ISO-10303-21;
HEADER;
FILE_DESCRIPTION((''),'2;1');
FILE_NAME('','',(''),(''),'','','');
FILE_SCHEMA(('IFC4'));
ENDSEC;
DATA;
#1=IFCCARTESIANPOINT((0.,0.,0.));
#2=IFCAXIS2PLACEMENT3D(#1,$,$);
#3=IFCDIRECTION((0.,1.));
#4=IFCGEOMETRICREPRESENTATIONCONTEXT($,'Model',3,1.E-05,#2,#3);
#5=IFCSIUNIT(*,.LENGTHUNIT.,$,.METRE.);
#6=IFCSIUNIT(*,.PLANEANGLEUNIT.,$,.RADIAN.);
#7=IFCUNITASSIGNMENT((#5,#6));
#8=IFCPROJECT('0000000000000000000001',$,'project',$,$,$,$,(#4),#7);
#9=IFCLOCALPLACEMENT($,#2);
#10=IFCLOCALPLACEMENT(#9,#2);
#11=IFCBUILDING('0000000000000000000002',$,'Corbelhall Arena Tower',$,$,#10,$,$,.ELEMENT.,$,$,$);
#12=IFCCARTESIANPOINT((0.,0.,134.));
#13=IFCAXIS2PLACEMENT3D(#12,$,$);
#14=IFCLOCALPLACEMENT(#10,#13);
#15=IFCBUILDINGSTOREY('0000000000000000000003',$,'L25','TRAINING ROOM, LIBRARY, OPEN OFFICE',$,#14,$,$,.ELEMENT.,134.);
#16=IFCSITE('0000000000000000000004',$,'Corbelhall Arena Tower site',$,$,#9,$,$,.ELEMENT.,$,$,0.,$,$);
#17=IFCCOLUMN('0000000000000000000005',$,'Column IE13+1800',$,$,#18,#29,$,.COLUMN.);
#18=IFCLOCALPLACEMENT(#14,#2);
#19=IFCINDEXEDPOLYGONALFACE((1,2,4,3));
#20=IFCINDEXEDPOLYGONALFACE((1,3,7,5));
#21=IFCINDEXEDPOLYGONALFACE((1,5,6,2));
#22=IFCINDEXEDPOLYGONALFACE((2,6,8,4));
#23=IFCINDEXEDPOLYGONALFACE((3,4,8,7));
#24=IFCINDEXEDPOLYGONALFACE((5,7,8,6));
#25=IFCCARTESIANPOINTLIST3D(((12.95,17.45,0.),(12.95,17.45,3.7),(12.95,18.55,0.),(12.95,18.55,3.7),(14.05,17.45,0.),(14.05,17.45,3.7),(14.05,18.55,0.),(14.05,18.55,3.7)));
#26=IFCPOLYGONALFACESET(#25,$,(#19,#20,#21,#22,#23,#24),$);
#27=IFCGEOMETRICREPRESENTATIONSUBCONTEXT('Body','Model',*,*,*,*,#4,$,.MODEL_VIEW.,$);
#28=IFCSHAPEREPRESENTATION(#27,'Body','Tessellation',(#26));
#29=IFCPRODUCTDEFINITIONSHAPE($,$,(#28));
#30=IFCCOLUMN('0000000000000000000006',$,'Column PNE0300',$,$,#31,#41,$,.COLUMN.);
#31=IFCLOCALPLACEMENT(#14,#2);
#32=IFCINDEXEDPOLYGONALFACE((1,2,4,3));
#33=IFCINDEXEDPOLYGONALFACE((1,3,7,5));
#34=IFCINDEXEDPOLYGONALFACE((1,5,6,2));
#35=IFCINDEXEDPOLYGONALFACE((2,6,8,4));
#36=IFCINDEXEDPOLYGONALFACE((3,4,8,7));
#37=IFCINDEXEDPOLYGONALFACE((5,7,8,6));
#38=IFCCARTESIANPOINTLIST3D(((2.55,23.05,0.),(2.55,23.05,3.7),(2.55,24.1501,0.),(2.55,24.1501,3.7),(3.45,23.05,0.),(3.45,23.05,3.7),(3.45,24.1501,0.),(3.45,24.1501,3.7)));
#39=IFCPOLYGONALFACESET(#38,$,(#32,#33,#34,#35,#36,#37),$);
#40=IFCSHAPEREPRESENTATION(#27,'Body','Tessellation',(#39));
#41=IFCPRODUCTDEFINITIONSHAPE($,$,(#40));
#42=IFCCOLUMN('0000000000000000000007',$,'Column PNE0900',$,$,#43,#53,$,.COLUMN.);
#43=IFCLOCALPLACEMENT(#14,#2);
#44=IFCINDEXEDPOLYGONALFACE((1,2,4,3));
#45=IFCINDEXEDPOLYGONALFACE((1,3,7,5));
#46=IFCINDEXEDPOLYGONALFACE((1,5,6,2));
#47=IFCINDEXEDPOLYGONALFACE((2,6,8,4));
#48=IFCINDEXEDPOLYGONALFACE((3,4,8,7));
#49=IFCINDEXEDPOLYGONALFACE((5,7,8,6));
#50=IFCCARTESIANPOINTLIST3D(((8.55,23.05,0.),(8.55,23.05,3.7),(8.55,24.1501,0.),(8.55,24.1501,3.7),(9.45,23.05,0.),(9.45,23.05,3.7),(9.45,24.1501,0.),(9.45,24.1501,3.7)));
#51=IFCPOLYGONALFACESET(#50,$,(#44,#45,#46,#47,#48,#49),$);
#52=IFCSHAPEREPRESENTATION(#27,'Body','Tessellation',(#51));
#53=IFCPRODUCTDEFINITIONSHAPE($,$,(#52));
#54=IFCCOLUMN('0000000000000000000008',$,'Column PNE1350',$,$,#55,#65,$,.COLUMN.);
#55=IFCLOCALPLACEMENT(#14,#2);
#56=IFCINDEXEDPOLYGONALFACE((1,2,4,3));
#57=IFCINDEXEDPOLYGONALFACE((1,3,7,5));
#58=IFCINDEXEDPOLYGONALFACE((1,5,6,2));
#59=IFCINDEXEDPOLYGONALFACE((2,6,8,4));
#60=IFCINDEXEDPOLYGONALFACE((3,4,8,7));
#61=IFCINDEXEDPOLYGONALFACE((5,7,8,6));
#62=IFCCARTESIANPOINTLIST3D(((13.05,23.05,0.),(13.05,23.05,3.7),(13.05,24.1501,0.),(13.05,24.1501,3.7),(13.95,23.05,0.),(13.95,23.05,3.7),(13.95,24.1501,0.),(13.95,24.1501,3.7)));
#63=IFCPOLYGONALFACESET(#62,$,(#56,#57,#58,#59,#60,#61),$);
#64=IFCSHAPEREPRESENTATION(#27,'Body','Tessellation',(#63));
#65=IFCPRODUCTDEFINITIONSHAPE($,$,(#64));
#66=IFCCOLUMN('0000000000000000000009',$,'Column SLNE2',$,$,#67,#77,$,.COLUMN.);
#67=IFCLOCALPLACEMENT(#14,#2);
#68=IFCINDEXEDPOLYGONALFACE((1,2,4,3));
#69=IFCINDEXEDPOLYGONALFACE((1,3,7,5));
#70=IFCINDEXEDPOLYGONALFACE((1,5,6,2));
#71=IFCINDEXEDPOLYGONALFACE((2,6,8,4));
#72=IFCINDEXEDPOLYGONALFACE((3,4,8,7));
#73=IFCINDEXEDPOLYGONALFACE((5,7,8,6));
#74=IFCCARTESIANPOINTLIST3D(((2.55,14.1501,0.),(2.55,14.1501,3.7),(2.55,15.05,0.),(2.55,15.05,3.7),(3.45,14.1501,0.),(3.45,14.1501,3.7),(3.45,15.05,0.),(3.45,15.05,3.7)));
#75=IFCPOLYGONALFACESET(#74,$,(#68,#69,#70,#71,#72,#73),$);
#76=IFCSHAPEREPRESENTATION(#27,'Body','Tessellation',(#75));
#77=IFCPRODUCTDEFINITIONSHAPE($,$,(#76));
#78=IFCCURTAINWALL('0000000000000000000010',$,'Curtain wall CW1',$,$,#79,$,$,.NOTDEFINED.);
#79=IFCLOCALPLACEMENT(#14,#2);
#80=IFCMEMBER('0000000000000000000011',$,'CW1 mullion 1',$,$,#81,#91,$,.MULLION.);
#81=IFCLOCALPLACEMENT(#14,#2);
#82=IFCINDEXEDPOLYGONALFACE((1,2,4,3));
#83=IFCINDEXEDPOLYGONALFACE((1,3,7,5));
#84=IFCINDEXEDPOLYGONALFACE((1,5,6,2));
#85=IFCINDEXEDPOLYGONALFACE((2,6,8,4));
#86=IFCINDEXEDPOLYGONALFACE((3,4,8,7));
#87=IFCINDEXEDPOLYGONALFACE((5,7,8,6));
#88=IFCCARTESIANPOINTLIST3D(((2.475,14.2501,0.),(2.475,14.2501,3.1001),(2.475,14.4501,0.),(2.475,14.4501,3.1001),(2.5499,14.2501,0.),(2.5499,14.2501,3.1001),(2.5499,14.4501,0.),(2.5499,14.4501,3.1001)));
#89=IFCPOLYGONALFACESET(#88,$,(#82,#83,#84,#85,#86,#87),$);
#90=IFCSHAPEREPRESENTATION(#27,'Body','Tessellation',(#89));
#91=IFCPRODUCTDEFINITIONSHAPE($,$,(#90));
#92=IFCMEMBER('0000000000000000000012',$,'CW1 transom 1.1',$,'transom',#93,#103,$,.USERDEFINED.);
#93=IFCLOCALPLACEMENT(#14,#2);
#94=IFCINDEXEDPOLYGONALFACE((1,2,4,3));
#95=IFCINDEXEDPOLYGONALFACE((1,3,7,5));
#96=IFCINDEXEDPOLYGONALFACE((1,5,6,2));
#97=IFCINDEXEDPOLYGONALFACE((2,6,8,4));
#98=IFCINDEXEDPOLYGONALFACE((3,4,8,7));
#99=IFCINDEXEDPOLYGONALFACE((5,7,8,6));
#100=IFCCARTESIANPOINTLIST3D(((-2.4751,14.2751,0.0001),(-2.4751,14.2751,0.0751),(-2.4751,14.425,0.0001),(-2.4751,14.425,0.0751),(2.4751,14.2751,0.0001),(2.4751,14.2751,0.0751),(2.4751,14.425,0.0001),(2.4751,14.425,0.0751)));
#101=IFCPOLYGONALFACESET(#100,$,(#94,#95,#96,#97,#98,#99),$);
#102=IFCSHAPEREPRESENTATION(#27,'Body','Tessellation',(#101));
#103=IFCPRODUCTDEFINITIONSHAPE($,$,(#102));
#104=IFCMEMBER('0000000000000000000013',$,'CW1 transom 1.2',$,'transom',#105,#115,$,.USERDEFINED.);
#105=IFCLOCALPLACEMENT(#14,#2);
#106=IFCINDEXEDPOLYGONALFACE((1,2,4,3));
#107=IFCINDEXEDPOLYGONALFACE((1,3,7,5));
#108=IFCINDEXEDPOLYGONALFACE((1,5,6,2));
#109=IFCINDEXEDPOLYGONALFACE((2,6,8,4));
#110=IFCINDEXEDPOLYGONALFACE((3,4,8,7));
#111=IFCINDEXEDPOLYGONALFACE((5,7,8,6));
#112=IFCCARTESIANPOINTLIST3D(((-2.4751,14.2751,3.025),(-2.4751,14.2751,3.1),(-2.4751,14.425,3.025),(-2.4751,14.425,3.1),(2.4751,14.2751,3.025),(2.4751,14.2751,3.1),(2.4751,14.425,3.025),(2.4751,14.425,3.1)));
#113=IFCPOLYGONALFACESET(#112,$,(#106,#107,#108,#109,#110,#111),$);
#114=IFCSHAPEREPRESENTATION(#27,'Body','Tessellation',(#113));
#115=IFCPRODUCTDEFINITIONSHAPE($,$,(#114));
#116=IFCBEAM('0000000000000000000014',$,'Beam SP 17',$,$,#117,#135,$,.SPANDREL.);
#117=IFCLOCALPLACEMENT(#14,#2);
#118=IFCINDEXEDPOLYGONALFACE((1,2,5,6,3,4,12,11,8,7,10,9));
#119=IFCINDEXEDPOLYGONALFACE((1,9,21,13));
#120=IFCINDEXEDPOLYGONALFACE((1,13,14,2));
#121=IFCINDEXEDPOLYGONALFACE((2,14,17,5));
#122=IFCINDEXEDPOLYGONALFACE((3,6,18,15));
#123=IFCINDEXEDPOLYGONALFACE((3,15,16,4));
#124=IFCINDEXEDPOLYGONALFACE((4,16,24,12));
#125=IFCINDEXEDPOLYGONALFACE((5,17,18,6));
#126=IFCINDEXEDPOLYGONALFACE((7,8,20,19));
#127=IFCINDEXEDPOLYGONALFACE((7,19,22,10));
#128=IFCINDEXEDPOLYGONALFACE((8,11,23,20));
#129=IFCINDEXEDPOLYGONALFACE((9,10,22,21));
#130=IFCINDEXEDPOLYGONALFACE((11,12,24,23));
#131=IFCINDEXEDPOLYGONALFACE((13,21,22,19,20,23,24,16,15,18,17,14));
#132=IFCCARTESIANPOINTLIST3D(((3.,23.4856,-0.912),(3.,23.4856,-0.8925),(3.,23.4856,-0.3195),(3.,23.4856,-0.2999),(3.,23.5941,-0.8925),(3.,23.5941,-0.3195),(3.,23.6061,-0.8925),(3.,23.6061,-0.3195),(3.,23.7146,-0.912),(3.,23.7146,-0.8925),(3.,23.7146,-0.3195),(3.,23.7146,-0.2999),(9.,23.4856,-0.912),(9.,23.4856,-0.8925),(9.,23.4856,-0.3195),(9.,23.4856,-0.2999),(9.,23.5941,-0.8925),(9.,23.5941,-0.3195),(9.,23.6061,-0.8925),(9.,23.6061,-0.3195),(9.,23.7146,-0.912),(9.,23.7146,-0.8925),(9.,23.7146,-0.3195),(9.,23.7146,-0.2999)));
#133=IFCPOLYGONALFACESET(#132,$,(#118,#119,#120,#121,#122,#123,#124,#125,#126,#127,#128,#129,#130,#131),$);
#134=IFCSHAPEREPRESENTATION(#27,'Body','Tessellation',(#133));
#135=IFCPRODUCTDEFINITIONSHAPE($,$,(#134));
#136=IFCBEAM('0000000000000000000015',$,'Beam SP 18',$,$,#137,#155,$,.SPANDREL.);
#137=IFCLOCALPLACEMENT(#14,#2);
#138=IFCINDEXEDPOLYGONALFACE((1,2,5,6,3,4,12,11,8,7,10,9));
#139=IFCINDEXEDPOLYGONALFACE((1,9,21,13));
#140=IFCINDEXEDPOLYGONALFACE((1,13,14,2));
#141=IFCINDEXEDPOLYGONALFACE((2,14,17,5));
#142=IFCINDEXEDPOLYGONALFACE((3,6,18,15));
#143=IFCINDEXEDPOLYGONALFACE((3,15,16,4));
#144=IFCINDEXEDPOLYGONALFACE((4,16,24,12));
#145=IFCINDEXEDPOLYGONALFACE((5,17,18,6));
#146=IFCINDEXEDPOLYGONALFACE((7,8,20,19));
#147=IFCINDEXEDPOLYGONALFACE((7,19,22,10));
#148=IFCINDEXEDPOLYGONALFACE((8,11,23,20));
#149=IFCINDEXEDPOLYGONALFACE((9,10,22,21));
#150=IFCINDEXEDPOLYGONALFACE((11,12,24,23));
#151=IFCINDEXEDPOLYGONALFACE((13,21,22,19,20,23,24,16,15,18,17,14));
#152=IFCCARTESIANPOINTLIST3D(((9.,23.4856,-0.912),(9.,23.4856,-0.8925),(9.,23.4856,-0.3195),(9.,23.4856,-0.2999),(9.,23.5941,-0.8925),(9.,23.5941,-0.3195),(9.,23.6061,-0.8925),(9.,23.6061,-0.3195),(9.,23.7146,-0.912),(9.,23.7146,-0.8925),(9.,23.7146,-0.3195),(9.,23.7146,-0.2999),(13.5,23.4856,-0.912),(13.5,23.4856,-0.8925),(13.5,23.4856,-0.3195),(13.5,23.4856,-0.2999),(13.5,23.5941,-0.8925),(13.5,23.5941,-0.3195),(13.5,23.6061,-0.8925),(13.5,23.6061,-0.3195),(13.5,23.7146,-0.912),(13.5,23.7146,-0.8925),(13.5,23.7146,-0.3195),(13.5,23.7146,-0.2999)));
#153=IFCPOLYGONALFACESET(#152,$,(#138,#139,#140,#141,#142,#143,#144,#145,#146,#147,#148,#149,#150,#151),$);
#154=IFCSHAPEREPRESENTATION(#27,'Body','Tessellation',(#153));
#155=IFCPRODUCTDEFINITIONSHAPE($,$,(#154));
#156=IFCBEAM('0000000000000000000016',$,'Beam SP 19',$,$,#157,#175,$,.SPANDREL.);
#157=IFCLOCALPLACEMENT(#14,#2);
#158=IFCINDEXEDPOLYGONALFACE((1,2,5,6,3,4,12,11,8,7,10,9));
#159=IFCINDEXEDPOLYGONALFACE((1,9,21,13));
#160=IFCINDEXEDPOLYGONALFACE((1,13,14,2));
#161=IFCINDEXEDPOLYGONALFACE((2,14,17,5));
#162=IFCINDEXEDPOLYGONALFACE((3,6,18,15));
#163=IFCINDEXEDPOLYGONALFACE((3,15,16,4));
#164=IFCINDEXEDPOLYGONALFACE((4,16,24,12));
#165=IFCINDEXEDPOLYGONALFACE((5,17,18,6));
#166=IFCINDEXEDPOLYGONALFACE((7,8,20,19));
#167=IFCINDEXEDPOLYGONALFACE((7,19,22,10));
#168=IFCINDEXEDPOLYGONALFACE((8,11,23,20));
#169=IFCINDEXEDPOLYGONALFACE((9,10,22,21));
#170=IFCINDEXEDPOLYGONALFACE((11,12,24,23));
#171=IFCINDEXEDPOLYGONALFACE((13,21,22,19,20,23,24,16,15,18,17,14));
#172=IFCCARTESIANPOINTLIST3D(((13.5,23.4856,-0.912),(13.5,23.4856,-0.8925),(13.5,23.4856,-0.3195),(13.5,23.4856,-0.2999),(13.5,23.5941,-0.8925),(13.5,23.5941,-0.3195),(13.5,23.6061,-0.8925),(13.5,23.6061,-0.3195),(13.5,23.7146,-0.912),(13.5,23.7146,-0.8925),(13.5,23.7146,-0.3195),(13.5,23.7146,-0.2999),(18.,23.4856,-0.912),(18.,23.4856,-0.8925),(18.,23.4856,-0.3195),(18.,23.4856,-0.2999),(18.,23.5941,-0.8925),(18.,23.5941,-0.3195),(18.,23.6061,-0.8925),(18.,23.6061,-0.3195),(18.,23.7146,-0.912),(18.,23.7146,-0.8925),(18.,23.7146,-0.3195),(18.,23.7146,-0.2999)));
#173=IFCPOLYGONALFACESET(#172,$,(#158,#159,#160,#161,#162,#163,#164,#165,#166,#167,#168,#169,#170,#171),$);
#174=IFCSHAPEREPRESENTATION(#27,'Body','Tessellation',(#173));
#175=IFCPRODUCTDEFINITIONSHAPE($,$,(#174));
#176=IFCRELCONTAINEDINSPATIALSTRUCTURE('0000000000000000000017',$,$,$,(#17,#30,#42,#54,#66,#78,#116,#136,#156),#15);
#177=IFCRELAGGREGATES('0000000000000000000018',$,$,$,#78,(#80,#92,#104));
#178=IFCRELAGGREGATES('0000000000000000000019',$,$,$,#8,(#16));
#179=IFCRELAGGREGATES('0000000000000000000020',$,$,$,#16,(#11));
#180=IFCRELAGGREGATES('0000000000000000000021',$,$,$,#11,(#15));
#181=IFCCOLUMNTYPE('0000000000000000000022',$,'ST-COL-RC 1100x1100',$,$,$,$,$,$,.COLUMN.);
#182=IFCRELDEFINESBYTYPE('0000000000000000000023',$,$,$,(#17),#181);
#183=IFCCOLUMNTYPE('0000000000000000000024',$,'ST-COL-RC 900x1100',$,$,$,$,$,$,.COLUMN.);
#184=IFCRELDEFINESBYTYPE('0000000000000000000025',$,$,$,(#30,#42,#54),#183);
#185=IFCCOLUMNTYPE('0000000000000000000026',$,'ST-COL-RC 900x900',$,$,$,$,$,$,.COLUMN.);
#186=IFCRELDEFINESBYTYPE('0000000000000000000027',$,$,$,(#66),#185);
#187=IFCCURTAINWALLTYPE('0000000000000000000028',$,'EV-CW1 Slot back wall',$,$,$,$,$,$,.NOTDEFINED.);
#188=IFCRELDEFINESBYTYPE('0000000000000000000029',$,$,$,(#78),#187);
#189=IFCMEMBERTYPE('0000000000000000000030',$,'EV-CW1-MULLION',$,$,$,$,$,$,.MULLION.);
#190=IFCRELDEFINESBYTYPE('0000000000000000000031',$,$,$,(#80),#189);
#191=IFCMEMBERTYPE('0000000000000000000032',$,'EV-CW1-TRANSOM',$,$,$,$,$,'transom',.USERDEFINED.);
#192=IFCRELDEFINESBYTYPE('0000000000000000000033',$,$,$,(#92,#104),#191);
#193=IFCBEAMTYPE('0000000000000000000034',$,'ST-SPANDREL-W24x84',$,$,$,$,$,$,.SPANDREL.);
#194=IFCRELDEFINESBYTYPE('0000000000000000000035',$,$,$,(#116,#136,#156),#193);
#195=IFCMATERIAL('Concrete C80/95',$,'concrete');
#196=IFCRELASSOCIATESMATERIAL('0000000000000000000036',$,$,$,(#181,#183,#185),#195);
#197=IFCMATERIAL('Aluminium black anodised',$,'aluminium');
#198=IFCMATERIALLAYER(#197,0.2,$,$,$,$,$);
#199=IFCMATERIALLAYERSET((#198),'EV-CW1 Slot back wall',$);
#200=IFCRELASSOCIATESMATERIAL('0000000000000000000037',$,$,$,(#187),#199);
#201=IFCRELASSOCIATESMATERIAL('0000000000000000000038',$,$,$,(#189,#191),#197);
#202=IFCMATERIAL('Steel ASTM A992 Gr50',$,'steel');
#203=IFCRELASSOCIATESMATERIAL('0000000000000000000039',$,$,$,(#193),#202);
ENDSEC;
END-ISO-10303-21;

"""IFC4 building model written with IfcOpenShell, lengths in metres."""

from ifc_helpers import new_model, si_unit, direction, frame, origin, origin_2d, place, context, subcontext, project, spatial, rectangle, i_section, extrude, material, layer, layer_set, material_profile, profile_set, type_object, element, aggregate, save


model = new_model("IFC4")

# Units and contexts
model_context = context("Model", 3, precision=1e-05, world=origin(), true_north=direction((0.0, 1.0)))
body_context = subcontext(model_context, "Body", "Model", "MODEL_VIEW")
ifc_project = project(units=[si_unit("LENGTHUNIT", "METRE"), si_unit("PLANEANGLEUNIT", "RADIAN")], contexts=[model_context])

# Site, building, storey
site_placement = place(None, origin())
site = spatial("IfcSite", under=ifc_project, at=site_placement, Name="Corbelhall Arena Tower site", CompositionType="ELEMENT", RefElevation=0.0)
building_placement = place(site_placement, origin())
building = spatial("IfcBuilding", under=site, at=building_placement, Name="Corbelhall Arena Tower", CompositionType="ELEMENT")
storey_placement = place(building_placement, frame((0.0, 0.0, 134.0)))
storey = spatial("IfcBuildingStorey", under=building, at=storey_placement, Name="L25", Description="TRAINING ROOM, LIBRARY, OPEN OFFICE", CompositionType="ELEMENT", Elevation=134.0)

# Columns
ifc_material_1 = material(Name="Concrete C80/95", Category="concrete")
ifc_material_profile_1 = material_profile(ifc_material_1, rectangle(XDim=1.1001, YDim=1.1001, at=origin_2d()))
ifc_profile_set_1 = profile_set([ifc_material_profile_1], Name="Concrete C80/95")
column_type_1 = type_object("IfcColumnType", Name="ST-COL-RC 1100x1100", PredefinedType="COLUMN", material=ifc_profile_set_1)
column_1_placement = place(storey_placement, frame((13.5, 18.0, 0.0), z_axis=(0.0, 0.0, 1.0), x_axis=(1.0, 0.0, 0.0)))
element("IfcColumn", 1, at=column_1_placement, inside=storey, type_object=column_type_1, Name="Column IE13+1800", PredefinedType="COLUMN", context=body_context, shape_type="SweptSolid", body=[
    extrude(rectangle(XDim=1.1001, YDim=1.1001, at=origin_2d()), origin(), (0.0, 0.0, 1.0), 3.7),
])
ifc_material_profile_2 = material_profile(ifc_material_1, rectangle(XDim=0.8999, YDim=1.1001, at=origin_2d()))
ifc_profile_set_2 = profile_set([ifc_material_profile_2], Name="Concrete C80/95")
column_type_2 = type_object("IfcColumnType", Name="ST-COL-RC 900x1100", PredefinedType="COLUMN", material=ifc_profile_set_2)
for number, where, z_axis, x_axis, name in (
    (2, (3.0, 23.6001, 0.0), (0.0, 0.0, 1.0), (1.0, 0.0, 0.0), "Column PNE0300"),
    (3, (9.0, 23.6001, 0.0), (0.0, 0.0, 1.0), (1.0, 0.0, 0.0), "Column PNE0900"),
    (4, (13.5, 23.6001, 0.0), (0.0, 0.0, 1.0), (1.0, 0.0, 0.0), "Column PNE1350"),
):
    element("IfcColumn", number, at=place(storey_placement, frame(where, z_axis=z_axis, x_axis=x_axis)), inside=storey, type_object=column_type_2, Name=name, PredefinedType="COLUMN", context=body_context, shape_type="SweptSolid", body=[
        extrude(rectangle(XDim=0.8999, YDim=1.1001, at=origin_2d()), origin(), (0.0, 0.0, 1.0), 3.7),
    ])
ifc_material_profile_3 = material_profile(ifc_material_1, rectangle(XDim=0.8999, YDim=0.8999, at=origin_2d()))
ifc_profile_set_3 = profile_set([ifc_material_profile_3], Name="Concrete C80/95")
column_type_3 = type_object("IfcColumnType", Name="ST-COL-RC 900x900", PredefinedType="COLUMN", material=ifc_profile_set_3)
column_2_placement = place(storey_placement, frame((3.0, 14.6001, 0.0), z_axis=(0.0, 0.0, 1.0), x_axis=(1.0, 0.0, 0.0)))
element("IfcColumn", 5, at=column_2_placement, inside=storey, type_object=column_type_3, Name="Column SLNE2", PredefinedType="COLUMN", context=body_context, shape_type="SweptSolid", body=[
    extrude(rectangle(XDim=0.8999, YDim=0.8999, at=origin_2d()), origin(), (0.0, 0.0, 1.0), 3.7),
])

# Curtain wall, members
ifc_material_2 = material(Name="Aluminium black anodised", Category="aluminium")
ifc_layer_1 = layer(ifc_material_2, 0.2)
ifc_layer_set_1 = layer_set([ifc_layer_1], Name="EV-CW1 Slot back wall")
curtain_wall_type = type_object("IfcCurtainWallType", Name="EV-CW1 Slot back wall", PredefinedType="NOTDEFINED", material=ifc_layer_set_1)
curtain_wall_placement = place(storey_placement, origin())
curtain_wall = element("IfcCurtainWall", 6, at=curtain_wall_placement, inside=storey, type_object=curtain_wall_type, Name="Curtain wall CW1", PredefinedType="NOTDEFINED")
ifc_material_profile_4 = material_profile(ifc_material_2, rectangle(XDim=0.2, YDim=0.075, at=origin_2d()))
ifc_profile_set_4 = profile_set([ifc_material_profile_4], Name="Aluminium black anodised")
member_type_1 = type_object("IfcMemberType", Name="EV-CW1-MULLION", PredefinedType="MULLION", material=ifc_profile_set_4)
member_1_placement = place(storey_placement, frame((2.5125, 14.3501, 0.0), z_axis=(0.0, 0.0, 1.0), x_axis=(0.0, -1.0, 0.0)))
member_1 = element("IfcMember", 7, at=member_1_placement, type_object=member_type_1, Name="CW1 mullion 1", PredefinedType="MULLION", context=body_context, shape_type="SweptSolid", body=[
    extrude(rectangle(XDim=0.2, YDim=0.075, at=origin_2d()), origin(), (0.0, 0.0, 1.0), 3.1001),
])
ifc_material_profile_5 = material_profile(ifc_material_2, rectangle(XDim=0.1499, YDim=0.075, at=origin_2d()))
ifc_profile_set_5 = profile_set([ifc_material_profile_5], Name="Aluminium black anodised")
member_type_2 = type_object("IfcMemberType", Name="EV-CW1-TRANSOM", ElementType="transom", PredefinedType="USERDEFINED", material=ifc_profile_set_5)
member_2_placement = place(storey_placement, frame((2.4751, 14.3501, 0.0376), z_axis=(-1.0, 0.0, 0.0), x_axis=(0.0, -1.0, 0.0)))
member_2 = element("IfcMember", 8, at=member_2_placement, type_object=member_type_2, Name="CW1 transom 1.1", ObjectType="transom", PredefinedType="USERDEFINED", context=body_context, shape_type="SweptSolid", body=[
    extrude(rectangle(XDim=0.1499, YDim=0.075, at=origin_2d()), origin(), (0.0, 0.0, 1.0), 4.9502),
])
member_3_placement = place(storey_placement, frame((2.4751, 14.3501, 3.0625), z_axis=(-1.0, 0.0, 0.0), x_axis=(0.0, -1.0, 0.0)))
member_3 = element("IfcMember", 9, at=member_3_placement, type_object=member_type_2, Name="CW1 transom 1.2", ObjectType="transom", PredefinedType="USERDEFINED", context=body_context, shape_type="SweptSolid", body=[
    extrude(rectangle(XDim=0.1499, YDim=0.075, at=origin_2d()), origin(), (0.0, 0.0, 1.0), 4.9502),
])

# Beams
ifc_material_3 = material(Name="Steel ASTM A992 Gr50", Category="steel")
ifc_material_profile_6 = material_profile(ifc_material_3, i_section(OverallWidth=0.229, OverallDepth=0.6121, WebThickness=0.012, FlangeThickness=0.0195, at=origin_2d()))
ifc_profile_set_6 = profile_set([ifc_material_profile_6], Name="Steel ASTM A992 Gr50")
beam_type_1 = type_object("IfcBeamType", Name="ST-SPANDREL-W24x84", PredefinedType="SPANDREL", material=ifc_profile_set_6)
beam_1_placement = place(storey_placement, frame((3.0, 23.6001, -0.606), z_axis=(1.0, 0.0, 0.0), x_axis=(0.0, 1.0, 0.0)))
element("IfcBeam", 10, at=beam_1_placement, inside=storey, type_object=beam_type_1, Name="Beam SP 17", PredefinedType="SPANDREL", context=body_context, shape_type="SweptSolid", body=[
    extrude(i_section(OverallWidth=0.229, OverallDepth=0.6121, WebThickness=0.012, FlangeThickness=0.0195, at=origin_2d()), origin(), (0.0, 0.0, 1.0), 6.0),
])
for number, where, z_axis, x_axis, name in (
    (11, (9.0, 23.6001, -0.606), (1.0, 0.0, 0.0), (0.0, 1.0, 0.0), "Beam SP 18"),
    (12, (13.5, 23.6001, -0.606), (1.0, 0.0, 0.0), (0.0, 1.0, 0.0), "Beam SP 19"),
):
    element("IfcBeam", number, at=place(storey_placement, frame(where, z_axis=z_axis, x_axis=x_axis)), inside=storey, type_object=beam_type_1, Name=name, PredefinedType="SPANDREL", context=body_context, shape_type="SweptSolid", body=[
        extrude(i_section(OverallWidth=0.229, OverallDepth=0.6121, WebThickness=0.012, FlangeThickness=0.0195, at=origin_2d()), origin(), (0.0, 0.0, 1.0), 4.5),
    ])

aggregate(curtain_wall, [member_1, member_2, member_3])

save(model, "model.ifc")
